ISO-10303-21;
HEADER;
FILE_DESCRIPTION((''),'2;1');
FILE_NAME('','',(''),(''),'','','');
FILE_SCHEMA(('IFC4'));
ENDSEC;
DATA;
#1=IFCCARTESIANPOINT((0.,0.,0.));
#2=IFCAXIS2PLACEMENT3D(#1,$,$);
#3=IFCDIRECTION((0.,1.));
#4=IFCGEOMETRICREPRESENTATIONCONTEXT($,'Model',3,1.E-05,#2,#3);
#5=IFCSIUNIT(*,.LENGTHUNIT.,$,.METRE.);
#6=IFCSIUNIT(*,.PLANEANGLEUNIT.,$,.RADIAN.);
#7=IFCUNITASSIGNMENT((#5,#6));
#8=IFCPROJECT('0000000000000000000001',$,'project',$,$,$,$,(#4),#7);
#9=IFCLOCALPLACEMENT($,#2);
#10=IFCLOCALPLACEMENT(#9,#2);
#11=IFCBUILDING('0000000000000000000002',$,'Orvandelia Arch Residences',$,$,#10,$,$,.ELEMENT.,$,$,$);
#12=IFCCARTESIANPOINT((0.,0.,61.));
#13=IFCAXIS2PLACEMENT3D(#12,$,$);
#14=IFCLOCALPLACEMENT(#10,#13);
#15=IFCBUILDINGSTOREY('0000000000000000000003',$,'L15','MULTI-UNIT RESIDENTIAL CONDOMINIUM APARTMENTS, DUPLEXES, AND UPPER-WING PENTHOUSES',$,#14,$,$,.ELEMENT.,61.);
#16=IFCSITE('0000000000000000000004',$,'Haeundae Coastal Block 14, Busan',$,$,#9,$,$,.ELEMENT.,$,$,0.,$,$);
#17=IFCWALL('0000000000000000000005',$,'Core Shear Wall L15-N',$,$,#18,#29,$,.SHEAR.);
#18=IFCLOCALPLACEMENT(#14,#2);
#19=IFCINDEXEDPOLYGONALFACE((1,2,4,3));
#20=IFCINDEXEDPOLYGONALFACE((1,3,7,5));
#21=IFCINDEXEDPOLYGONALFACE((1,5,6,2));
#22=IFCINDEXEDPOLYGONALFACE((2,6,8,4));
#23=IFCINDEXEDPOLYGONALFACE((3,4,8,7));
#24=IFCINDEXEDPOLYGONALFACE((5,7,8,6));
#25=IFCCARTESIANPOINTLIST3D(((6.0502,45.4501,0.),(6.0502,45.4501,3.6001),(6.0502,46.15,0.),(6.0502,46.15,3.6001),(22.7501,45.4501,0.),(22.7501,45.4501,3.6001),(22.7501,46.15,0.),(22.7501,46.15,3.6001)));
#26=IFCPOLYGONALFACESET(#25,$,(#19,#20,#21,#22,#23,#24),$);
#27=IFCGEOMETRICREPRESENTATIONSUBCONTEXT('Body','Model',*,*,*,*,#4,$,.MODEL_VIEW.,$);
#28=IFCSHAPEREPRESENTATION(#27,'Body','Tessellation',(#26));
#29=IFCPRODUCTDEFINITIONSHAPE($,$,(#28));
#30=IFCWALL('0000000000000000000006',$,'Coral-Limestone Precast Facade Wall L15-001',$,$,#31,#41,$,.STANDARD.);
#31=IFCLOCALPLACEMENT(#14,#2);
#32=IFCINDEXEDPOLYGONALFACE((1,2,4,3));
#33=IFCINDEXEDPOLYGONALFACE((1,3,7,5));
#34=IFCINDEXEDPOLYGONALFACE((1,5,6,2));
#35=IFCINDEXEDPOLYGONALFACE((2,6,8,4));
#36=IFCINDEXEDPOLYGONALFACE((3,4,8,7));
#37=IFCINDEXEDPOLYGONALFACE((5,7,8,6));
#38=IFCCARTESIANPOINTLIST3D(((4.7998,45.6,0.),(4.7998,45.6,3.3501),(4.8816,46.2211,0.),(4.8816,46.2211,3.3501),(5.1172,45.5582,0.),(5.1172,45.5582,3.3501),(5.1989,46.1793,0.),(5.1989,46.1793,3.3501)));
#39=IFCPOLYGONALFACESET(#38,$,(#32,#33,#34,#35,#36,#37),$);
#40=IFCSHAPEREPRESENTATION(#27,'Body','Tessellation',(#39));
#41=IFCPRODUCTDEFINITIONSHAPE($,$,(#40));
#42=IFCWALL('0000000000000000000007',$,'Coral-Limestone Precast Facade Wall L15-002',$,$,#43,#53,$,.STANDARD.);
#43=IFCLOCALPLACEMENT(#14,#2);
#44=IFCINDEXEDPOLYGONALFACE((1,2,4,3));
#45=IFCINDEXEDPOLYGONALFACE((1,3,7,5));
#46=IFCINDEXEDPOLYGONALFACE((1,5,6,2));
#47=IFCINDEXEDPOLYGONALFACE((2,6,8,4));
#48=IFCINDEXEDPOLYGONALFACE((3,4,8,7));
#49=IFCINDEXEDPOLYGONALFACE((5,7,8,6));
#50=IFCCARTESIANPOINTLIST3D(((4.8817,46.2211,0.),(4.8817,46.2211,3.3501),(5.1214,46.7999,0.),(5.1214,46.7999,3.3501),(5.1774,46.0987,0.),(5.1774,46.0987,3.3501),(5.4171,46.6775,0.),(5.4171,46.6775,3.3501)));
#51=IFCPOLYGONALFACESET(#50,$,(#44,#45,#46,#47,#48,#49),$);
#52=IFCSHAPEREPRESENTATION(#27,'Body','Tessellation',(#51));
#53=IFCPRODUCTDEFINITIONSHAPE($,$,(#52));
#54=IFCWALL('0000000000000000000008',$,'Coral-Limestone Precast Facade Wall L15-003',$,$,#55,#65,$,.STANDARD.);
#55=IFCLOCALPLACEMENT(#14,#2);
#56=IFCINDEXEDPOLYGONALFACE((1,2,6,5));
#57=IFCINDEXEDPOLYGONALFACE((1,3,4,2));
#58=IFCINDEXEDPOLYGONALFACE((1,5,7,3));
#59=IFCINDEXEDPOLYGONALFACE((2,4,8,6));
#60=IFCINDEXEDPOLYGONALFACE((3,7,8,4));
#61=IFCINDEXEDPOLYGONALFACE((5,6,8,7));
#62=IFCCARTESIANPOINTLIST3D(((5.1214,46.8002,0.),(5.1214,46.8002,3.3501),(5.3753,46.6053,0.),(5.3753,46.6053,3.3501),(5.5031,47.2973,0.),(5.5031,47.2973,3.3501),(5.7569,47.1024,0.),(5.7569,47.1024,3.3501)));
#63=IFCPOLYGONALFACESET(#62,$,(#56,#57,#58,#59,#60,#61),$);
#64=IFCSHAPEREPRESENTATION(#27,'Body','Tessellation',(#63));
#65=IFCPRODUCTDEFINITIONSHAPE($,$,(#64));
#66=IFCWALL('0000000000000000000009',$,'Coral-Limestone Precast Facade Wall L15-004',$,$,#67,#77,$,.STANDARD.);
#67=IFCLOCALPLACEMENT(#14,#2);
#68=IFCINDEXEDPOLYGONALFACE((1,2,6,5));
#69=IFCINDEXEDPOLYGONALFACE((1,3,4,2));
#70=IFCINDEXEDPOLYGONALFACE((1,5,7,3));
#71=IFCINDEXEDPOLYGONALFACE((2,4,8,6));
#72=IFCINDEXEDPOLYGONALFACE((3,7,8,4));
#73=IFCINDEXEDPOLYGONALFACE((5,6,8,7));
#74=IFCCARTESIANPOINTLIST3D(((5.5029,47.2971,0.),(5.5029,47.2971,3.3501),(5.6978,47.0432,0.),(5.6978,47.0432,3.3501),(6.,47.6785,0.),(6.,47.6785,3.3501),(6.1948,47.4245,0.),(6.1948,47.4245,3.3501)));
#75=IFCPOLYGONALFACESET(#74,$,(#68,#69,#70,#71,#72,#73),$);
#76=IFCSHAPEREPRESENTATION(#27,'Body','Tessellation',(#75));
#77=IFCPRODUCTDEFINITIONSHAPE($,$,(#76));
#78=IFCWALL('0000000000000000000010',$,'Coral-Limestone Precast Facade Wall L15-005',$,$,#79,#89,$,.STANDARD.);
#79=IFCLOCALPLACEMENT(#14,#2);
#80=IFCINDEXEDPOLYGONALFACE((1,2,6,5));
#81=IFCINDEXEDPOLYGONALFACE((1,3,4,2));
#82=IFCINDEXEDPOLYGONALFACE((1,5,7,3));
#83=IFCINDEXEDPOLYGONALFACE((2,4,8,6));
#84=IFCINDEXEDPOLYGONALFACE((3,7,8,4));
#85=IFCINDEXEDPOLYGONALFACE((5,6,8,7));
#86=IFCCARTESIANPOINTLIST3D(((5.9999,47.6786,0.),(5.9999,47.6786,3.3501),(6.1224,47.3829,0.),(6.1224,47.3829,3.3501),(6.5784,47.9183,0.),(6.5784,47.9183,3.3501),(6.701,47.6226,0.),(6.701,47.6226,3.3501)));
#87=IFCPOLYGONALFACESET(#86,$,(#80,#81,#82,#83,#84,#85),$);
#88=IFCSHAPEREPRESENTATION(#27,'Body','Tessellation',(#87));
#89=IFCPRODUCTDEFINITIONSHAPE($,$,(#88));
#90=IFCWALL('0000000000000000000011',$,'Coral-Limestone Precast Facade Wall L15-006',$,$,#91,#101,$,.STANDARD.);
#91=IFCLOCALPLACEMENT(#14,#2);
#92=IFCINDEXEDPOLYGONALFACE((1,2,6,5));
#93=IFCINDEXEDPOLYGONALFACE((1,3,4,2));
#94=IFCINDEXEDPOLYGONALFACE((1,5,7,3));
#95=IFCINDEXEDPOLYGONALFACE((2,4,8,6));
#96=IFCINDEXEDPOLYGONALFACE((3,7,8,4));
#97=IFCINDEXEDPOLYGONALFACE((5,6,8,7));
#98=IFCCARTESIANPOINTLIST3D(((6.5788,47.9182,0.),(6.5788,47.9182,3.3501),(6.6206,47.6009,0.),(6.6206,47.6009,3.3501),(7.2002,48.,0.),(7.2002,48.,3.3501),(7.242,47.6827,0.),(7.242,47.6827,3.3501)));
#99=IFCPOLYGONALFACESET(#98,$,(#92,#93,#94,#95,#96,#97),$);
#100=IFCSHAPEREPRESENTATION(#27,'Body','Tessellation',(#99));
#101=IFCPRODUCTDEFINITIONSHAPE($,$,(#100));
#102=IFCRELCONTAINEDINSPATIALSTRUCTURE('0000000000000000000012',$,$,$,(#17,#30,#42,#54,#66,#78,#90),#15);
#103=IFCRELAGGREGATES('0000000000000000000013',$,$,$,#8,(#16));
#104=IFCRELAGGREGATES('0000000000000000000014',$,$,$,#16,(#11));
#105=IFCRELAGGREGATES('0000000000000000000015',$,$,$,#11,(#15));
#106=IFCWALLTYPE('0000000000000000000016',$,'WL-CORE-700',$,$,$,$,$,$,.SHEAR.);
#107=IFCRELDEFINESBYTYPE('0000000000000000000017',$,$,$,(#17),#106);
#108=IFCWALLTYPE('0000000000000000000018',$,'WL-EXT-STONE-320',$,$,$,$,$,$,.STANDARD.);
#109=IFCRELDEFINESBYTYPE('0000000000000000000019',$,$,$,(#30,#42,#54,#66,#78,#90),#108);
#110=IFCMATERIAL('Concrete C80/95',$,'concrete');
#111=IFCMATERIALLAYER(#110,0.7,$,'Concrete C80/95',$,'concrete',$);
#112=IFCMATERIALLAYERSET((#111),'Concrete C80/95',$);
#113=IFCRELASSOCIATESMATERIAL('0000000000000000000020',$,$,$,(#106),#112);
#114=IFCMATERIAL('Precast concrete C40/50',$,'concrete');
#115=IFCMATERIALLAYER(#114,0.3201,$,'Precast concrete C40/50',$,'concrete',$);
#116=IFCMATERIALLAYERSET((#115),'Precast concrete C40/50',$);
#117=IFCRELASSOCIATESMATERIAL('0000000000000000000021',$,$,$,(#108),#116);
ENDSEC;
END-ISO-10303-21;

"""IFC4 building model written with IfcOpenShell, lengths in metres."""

from ifc_helpers import new_model, si_unit, direction, frame, frame_2d, origin, place, context, subcontext, project, spatial, rectangle, extrude, material, layer, layer_set, type_object, element, save


model = new_model("IFC4")

# Units and contexts
model_context = context("Model", 3, precision=1e-05, world=origin(), true_north=direction((0.0, 1.0)))
body_context = subcontext(model_context, "Body", "Model", "MODEL_VIEW")
ifc_project = project(units=[si_unit("LENGTHUNIT", "METRE"), si_unit("PLANEANGLEUNIT", "RADIAN")], contexts=[model_context])

# Site, building, storey
site_placement = place(None, origin())
site = spatial("IfcSite", under=ifc_project, at=site_placement, Name="Haeundae Coastal Block 14, Busan", CompositionType="ELEMENT", RefElevation=0.0)
building_placement = place(site_placement, origin())
building = spatial("IfcBuilding", under=site, at=building_placement, Name="Orvandelia Arch Residences", CompositionType="ELEMENT")
storey_placement = place(building_placement, frame((0.0, 0.0, 61.0)))
storey = spatial("IfcBuildingStorey", under=building, at=storey_placement, Name="L15", Description="MULTI-UNIT RESIDENTIAL CONDOMINIUM APARTMENTS, DUPLEXES, AND UPPER-WING PENTHOUSES", CompositionType="ELEMENT", Elevation=61.0)

# Shared definitions
ifc_material_1 = material(Name="Concrete C80/95", Category="concrete")

# Walls
ifc_layer_1 = layer(ifc_material_1, 0.7, Name="Concrete C80/95", Category="concrete")
ifc_layer_set_1 = layer_set([ifc_layer_1], Name="Concrete C80/95")
wall_type_1 = type_object("IfcWallType", Name="WL-CORE-700", PredefinedType="SHEAR", material=ifc_layer_set_1)
wall_1_placement = place(storey_placement, frame((6.05, 45.8, 0.0), z_axis=(0.0, 0.0, 1.0), x_axis=(1.0, 0.0, 0.0)))
element("IfcWall", 1, at=wall_1_placement, inside=storey, type_object=wall_type_1, Name="Core Shear Wall L15-N", PredefinedType="SHEAR", context=body_context, shape_type="SweptSolid", body=[
    extrude(rectangle(XDim=16.7, YDim=0.7, at=frame_2d((8.3501, 0.0))), origin(), (0.0, 0.0, 1.0), 3.6001),
])
ifc_material_2 = material(Name="Precast concrete C40/50", Category="concrete")
ifc_layer_2 = layer(ifc_material_2, 0.3201, Name="Precast concrete C40/50", Category="concrete")
ifc_layer_set_2 = layer_set([ifc_layer_2], Name="Precast concrete C40/50")
wall_type_2 = type_object("IfcWallType", Name="WL-EXT-STONE-320", PredefinedType="STANDARD", material=ifc_layer_set_2)
for number, where, z_axis, x_axis, name in (
    (2, (4.9585, 45.5791, 0.0), (0.0, 0.0, 1.0), (0.130555, 0.991441, 0.0), "Coral-Limestone Precast Facade Wall L15-001"),
    (3, (5.0295, 46.1599, 0.0), (0.0, 0.0, 1.0), (0.38265, 0.923893, 0.0), "Coral-Limestone Precast Facade Wall L15-002"),
):
    element("IfcWall", number, at=place(storey_placement, frame(where, z_axis=z_axis, x_axis=x_axis)), inside=storey, type_object=wall_type_2, Name=name, PredefinedType="STANDARD", context=body_context, shape_type="SweptSolid", body=[
        extrude(rectangle(XDim=0.6265, YDim=0.3201, at=frame_2d((0.3132, 0.0))), origin(), (0.0, 0.0, 1.0), 3.3501),
    ])
wall_2_placement = place(storey_placement, frame((5.2483, 46.7026, 0.0), z_axis=(0.0, 0.0, 1.0), x_axis=(0.608939, 0.793217, 0.0)))
element("IfcWall", 4, at=wall_2_placement, inside=storey, type_object=wall_type_2, Name="Coral-Limestone Precast Facade Wall L15-003", PredefinedType="STANDARD", context=body_context, shape_type="SweptSolid", body=[
    extrude(rectangle(XDim=0.6267, YDim=0.3201, at=frame_2d((0.3135, 0.0))), origin(), (0.0, 0.0, 1.0), 3.3501),
])
wall_3_placement = place(storey_placement, frame((5.6003, 47.1702, 0.0), z_axis=(0.0, 0.0, 1.0), x_axis=(0.793406, 0.608693, 0.0)))
element("IfcWall", 5, at=wall_3_placement, inside=storey, type_object=wall_type_2, Name="Coral-Limestone Precast Facade Wall L15-004", PredefinedType="STANDARD", context=body_context, shape_type="SweptSolid", body=[
    extrude(rectangle(XDim=0.6265, YDim=0.3201, at=frame_2d((0.3132, 0.0))), origin(), (0.0, 0.0, 1.0), 3.3501),
])
wall_4_placement = place(storey_placement, frame((6.0613, 47.5308, 0.0), z_axis=(0.0, 0.0, 1.0), x_axis=(0.923836, 0.382788, 0.0)))
element("IfcWall", 6, at=wall_4_placement, inside=storey, type_object=wall_type_2, Name="Coral-Limestone Precast Facade Wall L15-005", PredefinedType="STANDARD", context=body_context, shape_type="SweptSolid", body=[
    extrude(rectangle(XDim=0.6262, YDim=0.3201, at=frame_2d((0.313, 0.0))), origin(), (0.0, 0.0, 1.0), 3.3501),
])
wall_5_placement = place(storey_placement, frame((6.5996, 47.7595, 0.0), z_axis=(0.0, 0.0, 1.0), x_axis=(0.991448, 0.130505, 0.0)))
element("IfcWall", 7, at=wall_5_placement, inside=storey, type_object=wall_type_2, Name="Coral-Limestone Precast Facade Wall L15-006", PredefinedType="STANDARD", context=body_context, shape_type="SweptSolid", body=[
    extrude(rectangle(XDim=0.6267, YDim=0.3201, at=frame_2d((0.3135, 0.0))), origin(), (0.0, 0.0, 1.0), 3.3501),
])

save(model, "model.ifc")
